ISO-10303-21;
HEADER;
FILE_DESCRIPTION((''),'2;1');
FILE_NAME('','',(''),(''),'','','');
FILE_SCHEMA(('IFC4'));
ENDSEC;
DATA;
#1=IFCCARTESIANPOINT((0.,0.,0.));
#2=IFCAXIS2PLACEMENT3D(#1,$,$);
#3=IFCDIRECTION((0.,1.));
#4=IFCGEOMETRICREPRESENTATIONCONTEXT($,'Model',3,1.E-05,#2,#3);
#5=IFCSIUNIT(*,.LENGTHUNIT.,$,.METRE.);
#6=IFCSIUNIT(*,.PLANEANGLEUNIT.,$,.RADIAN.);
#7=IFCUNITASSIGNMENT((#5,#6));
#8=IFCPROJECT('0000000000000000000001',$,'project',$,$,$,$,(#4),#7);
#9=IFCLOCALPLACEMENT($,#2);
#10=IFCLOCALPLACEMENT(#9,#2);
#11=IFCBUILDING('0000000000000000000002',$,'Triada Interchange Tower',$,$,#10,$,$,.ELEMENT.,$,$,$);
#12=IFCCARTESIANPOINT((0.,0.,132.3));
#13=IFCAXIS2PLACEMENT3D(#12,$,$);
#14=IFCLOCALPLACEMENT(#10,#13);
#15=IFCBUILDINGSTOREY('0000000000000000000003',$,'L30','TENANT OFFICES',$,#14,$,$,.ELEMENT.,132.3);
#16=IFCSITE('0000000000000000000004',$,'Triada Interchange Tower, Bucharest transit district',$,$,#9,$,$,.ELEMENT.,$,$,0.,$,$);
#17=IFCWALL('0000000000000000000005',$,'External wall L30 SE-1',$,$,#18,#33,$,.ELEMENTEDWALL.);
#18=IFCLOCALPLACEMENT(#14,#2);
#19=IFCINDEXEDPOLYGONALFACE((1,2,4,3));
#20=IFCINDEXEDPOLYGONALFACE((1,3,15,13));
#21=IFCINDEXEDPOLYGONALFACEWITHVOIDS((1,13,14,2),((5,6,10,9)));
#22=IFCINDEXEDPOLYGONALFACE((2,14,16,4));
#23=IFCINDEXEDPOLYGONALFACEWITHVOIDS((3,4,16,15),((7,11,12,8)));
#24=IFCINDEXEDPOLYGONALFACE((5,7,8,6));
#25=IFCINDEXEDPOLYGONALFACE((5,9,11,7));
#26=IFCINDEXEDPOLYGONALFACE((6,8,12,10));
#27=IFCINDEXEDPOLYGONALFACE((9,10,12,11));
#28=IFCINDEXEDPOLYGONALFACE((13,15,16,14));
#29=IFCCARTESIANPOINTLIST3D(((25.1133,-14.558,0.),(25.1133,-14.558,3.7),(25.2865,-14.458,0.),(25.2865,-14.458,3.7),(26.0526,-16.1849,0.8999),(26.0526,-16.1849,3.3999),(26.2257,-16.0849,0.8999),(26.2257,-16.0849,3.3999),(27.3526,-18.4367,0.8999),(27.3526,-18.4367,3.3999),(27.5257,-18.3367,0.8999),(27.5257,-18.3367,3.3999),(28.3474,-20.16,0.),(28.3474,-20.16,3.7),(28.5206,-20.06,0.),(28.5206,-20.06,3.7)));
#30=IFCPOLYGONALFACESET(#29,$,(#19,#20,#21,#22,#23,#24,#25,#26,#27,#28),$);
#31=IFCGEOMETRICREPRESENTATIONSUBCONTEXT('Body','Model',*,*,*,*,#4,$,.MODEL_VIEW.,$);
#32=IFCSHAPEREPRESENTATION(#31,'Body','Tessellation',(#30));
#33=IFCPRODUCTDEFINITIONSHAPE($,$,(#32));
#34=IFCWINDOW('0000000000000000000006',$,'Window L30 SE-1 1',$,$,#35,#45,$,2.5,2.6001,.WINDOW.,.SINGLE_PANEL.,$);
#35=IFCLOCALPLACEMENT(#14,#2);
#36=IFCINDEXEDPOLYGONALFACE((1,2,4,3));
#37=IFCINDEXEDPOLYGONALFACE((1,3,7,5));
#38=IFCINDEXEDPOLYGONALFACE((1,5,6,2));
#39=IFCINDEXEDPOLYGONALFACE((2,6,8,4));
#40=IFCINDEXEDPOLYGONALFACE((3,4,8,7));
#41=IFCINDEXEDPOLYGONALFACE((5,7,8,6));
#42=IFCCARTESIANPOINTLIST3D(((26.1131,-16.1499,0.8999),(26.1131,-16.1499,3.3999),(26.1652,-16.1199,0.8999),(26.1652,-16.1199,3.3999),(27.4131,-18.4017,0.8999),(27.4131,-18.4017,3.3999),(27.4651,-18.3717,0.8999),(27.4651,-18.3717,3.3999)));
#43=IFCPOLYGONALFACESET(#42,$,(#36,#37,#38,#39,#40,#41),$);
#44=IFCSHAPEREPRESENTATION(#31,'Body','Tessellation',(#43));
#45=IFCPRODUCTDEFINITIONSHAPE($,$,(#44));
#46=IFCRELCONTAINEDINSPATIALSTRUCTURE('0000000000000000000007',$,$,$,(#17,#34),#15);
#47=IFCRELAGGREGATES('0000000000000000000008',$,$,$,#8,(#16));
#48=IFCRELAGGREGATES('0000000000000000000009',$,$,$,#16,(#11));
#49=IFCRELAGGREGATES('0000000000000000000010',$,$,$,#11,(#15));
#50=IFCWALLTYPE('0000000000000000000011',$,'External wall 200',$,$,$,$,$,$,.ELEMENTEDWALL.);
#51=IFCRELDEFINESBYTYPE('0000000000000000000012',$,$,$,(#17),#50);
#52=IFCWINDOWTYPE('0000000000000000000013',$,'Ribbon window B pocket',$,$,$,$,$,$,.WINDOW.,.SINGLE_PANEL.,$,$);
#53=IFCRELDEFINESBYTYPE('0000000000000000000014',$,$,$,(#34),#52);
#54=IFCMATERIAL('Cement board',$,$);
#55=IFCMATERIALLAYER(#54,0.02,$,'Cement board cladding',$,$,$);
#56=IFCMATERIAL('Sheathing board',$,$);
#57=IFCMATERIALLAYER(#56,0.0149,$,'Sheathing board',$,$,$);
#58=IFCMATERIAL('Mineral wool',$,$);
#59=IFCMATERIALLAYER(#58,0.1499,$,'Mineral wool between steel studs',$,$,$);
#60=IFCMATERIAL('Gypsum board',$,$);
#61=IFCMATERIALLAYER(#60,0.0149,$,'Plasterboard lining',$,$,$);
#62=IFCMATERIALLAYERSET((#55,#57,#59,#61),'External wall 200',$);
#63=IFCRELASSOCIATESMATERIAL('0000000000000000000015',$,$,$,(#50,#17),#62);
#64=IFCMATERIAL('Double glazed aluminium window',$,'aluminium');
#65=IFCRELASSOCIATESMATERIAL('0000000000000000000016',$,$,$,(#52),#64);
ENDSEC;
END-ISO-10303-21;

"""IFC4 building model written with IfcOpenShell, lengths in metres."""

from ifc_helpers import new_model, si_unit, direction, frame, frame_2d, origin, place, context, subcontext, project, spatial, rectangle, extrude, material, layer, layer_set, layer_usage, type_object, element, fill, save


model = new_model("IFC4")

# Units and contexts
model_context = context("Model", 3, precision=1e-05, world=origin(), true_north=direction((0.0, 1.0)))
body_context = subcontext(model_context, "Body", "Model", "MODEL_VIEW")
ifc_project = project(units=[si_unit("LENGTHUNIT", "METRE"), si_unit("PLANEANGLEUNIT", "RADIAN")], contexts=[model_context])

# Site, building, storey
site_placement = place(None, origin())
site = spatial("IfcSite", under=ifc_project, at=site_placement, Name="Triada Interchange Tower, Bucharest transit district", CompositionType="ELEMENT", RefElevation=0.0)
building_placement = place(site_placement, origin())
building = spatial("IfcBuilding", under=site, at=building_placement, Name="Triada Interchange Tower", CompositionType="ELEMENT")
storey_placement = place(building_placement, frame((0.0, 0.0, 132.3)))
storey = spatial("IfcBuildingStorey", under=building, at=storey_placement, Name="L30", Description="TENANT OFFICES", CompositionType="ELEMENT", Elevation=132.3)

# Wall, opening, window
ifc_material_1 = material(Name="Cement board")
ifc_layer_1 = layer(ifc_material_1, 0.02, Name="Cement board cladding")
ifc_material_2 = material(Name="Sheathing board")
ifc_layer_2 = layer(ifc_material_2, 0.0149, Name="Sheathing board")
ifc_material_3 = material(Name="Mineral wool")
ifc_layer_3 = layer(ifc_material_3, 0.1499, Name="Mineral wool between steel studs")
ifc_material_4 = material(Name="Gypsum board")
ifc_layer_4 = layer(ifc_material_4, 0.0149, Name="Plasterboard lining")
ifc_layer_set_1 = layer_set([ifc_layer_1, ifc_layer_2, ifc_layer_3, ifc_layer_4], Name="External wall 200")
ifc_layer_usage = layer_usage(ifc_layer_set_1, "AXIS2", "POSITIVE", -0.1001)
wall_type = type_object("IfcWallType", Name="External wall 200", PredefinedType="ELEMENTEDWALL", material=ifc_layer_set_1)
wall_1_placement = place(storey_placement, frame((28.4341, -20.1101, 0.0), z_axis=(0.0, 0.0, 1.0), x_axis=(-0.499975, 0.86604, 0.0)))
wall_1 = element("IfcWall", 1, at=wall_1_placement, inside=storey, type_object=wall_type, material=ifc_layer_usage, Name="External wall L30 SE-1", PredefinedType="ELEMENTEDWALL", context=body_context, shape_type="SweptSolid", body=[
    extrude(rectangle(XDim=6.4685, YDim=0.2, at=frame_2d((3.2344, 0.0))), origin(), (0.0, 0.0, 1.0), 3.7),
])
opening_1_placement = place(wall_1_placement, frame((1.99, 0.0, 0.8999)))
opening_1 = element("IfcOpeningElement", 2, at=opening_1_placement, cuts=wall_1, PredefinedType="OPENING", context=body_context, shape_type="SweptSolid", body=[
    extrude(rectangle(XDim=2.6001, YDim=2.5, at=frame_2d((1.3, 1.25))), frame((0.0, 0.1099, 0.0), z_axis=(0.0, -1.0, 0.0), x_axis=(1.0, 0.0, 0.0)), (0.0, 0.0, 1.0), 0.22),
])
ifc_material_5 = material(Name="Double glazed aluminium window", Category="aluminium")
window_type_1 = type_object("IfcWindowType", Name="Ribbon window B pocket", PartitioningType="SINGLE_PANEL", PredefinedType="WINDOW", material=ifc_material_5)
window_1_placement = place(opening_1_placement, origin())
window_1 = element("IfcWindow", 3, at=window_1_placement, inside=storey, type_object=window_type_1, Name="Window L30 SE-1 1", OverallHeight=2.5, OverallWidth=2.6001, PartitioningType="SINGLE_PANEL", PredefinedType="WINDOW", context=body_context, shape_type="SweptSolid", body=[
    extrude(rectangle(XDim=2.6001, YDim=2.5, at=frame_2d((1.3, 1.25))), frame((0.0, 0.03, 0.0), z_axis=(0.0, -1.0, 0.0), x_axis=(1.0, 0.0, 0.0)), (0.0, 0.0, 1.0), 0.0601),
])
fill(opening_1, window_1)

save(model, "model.ifc")
